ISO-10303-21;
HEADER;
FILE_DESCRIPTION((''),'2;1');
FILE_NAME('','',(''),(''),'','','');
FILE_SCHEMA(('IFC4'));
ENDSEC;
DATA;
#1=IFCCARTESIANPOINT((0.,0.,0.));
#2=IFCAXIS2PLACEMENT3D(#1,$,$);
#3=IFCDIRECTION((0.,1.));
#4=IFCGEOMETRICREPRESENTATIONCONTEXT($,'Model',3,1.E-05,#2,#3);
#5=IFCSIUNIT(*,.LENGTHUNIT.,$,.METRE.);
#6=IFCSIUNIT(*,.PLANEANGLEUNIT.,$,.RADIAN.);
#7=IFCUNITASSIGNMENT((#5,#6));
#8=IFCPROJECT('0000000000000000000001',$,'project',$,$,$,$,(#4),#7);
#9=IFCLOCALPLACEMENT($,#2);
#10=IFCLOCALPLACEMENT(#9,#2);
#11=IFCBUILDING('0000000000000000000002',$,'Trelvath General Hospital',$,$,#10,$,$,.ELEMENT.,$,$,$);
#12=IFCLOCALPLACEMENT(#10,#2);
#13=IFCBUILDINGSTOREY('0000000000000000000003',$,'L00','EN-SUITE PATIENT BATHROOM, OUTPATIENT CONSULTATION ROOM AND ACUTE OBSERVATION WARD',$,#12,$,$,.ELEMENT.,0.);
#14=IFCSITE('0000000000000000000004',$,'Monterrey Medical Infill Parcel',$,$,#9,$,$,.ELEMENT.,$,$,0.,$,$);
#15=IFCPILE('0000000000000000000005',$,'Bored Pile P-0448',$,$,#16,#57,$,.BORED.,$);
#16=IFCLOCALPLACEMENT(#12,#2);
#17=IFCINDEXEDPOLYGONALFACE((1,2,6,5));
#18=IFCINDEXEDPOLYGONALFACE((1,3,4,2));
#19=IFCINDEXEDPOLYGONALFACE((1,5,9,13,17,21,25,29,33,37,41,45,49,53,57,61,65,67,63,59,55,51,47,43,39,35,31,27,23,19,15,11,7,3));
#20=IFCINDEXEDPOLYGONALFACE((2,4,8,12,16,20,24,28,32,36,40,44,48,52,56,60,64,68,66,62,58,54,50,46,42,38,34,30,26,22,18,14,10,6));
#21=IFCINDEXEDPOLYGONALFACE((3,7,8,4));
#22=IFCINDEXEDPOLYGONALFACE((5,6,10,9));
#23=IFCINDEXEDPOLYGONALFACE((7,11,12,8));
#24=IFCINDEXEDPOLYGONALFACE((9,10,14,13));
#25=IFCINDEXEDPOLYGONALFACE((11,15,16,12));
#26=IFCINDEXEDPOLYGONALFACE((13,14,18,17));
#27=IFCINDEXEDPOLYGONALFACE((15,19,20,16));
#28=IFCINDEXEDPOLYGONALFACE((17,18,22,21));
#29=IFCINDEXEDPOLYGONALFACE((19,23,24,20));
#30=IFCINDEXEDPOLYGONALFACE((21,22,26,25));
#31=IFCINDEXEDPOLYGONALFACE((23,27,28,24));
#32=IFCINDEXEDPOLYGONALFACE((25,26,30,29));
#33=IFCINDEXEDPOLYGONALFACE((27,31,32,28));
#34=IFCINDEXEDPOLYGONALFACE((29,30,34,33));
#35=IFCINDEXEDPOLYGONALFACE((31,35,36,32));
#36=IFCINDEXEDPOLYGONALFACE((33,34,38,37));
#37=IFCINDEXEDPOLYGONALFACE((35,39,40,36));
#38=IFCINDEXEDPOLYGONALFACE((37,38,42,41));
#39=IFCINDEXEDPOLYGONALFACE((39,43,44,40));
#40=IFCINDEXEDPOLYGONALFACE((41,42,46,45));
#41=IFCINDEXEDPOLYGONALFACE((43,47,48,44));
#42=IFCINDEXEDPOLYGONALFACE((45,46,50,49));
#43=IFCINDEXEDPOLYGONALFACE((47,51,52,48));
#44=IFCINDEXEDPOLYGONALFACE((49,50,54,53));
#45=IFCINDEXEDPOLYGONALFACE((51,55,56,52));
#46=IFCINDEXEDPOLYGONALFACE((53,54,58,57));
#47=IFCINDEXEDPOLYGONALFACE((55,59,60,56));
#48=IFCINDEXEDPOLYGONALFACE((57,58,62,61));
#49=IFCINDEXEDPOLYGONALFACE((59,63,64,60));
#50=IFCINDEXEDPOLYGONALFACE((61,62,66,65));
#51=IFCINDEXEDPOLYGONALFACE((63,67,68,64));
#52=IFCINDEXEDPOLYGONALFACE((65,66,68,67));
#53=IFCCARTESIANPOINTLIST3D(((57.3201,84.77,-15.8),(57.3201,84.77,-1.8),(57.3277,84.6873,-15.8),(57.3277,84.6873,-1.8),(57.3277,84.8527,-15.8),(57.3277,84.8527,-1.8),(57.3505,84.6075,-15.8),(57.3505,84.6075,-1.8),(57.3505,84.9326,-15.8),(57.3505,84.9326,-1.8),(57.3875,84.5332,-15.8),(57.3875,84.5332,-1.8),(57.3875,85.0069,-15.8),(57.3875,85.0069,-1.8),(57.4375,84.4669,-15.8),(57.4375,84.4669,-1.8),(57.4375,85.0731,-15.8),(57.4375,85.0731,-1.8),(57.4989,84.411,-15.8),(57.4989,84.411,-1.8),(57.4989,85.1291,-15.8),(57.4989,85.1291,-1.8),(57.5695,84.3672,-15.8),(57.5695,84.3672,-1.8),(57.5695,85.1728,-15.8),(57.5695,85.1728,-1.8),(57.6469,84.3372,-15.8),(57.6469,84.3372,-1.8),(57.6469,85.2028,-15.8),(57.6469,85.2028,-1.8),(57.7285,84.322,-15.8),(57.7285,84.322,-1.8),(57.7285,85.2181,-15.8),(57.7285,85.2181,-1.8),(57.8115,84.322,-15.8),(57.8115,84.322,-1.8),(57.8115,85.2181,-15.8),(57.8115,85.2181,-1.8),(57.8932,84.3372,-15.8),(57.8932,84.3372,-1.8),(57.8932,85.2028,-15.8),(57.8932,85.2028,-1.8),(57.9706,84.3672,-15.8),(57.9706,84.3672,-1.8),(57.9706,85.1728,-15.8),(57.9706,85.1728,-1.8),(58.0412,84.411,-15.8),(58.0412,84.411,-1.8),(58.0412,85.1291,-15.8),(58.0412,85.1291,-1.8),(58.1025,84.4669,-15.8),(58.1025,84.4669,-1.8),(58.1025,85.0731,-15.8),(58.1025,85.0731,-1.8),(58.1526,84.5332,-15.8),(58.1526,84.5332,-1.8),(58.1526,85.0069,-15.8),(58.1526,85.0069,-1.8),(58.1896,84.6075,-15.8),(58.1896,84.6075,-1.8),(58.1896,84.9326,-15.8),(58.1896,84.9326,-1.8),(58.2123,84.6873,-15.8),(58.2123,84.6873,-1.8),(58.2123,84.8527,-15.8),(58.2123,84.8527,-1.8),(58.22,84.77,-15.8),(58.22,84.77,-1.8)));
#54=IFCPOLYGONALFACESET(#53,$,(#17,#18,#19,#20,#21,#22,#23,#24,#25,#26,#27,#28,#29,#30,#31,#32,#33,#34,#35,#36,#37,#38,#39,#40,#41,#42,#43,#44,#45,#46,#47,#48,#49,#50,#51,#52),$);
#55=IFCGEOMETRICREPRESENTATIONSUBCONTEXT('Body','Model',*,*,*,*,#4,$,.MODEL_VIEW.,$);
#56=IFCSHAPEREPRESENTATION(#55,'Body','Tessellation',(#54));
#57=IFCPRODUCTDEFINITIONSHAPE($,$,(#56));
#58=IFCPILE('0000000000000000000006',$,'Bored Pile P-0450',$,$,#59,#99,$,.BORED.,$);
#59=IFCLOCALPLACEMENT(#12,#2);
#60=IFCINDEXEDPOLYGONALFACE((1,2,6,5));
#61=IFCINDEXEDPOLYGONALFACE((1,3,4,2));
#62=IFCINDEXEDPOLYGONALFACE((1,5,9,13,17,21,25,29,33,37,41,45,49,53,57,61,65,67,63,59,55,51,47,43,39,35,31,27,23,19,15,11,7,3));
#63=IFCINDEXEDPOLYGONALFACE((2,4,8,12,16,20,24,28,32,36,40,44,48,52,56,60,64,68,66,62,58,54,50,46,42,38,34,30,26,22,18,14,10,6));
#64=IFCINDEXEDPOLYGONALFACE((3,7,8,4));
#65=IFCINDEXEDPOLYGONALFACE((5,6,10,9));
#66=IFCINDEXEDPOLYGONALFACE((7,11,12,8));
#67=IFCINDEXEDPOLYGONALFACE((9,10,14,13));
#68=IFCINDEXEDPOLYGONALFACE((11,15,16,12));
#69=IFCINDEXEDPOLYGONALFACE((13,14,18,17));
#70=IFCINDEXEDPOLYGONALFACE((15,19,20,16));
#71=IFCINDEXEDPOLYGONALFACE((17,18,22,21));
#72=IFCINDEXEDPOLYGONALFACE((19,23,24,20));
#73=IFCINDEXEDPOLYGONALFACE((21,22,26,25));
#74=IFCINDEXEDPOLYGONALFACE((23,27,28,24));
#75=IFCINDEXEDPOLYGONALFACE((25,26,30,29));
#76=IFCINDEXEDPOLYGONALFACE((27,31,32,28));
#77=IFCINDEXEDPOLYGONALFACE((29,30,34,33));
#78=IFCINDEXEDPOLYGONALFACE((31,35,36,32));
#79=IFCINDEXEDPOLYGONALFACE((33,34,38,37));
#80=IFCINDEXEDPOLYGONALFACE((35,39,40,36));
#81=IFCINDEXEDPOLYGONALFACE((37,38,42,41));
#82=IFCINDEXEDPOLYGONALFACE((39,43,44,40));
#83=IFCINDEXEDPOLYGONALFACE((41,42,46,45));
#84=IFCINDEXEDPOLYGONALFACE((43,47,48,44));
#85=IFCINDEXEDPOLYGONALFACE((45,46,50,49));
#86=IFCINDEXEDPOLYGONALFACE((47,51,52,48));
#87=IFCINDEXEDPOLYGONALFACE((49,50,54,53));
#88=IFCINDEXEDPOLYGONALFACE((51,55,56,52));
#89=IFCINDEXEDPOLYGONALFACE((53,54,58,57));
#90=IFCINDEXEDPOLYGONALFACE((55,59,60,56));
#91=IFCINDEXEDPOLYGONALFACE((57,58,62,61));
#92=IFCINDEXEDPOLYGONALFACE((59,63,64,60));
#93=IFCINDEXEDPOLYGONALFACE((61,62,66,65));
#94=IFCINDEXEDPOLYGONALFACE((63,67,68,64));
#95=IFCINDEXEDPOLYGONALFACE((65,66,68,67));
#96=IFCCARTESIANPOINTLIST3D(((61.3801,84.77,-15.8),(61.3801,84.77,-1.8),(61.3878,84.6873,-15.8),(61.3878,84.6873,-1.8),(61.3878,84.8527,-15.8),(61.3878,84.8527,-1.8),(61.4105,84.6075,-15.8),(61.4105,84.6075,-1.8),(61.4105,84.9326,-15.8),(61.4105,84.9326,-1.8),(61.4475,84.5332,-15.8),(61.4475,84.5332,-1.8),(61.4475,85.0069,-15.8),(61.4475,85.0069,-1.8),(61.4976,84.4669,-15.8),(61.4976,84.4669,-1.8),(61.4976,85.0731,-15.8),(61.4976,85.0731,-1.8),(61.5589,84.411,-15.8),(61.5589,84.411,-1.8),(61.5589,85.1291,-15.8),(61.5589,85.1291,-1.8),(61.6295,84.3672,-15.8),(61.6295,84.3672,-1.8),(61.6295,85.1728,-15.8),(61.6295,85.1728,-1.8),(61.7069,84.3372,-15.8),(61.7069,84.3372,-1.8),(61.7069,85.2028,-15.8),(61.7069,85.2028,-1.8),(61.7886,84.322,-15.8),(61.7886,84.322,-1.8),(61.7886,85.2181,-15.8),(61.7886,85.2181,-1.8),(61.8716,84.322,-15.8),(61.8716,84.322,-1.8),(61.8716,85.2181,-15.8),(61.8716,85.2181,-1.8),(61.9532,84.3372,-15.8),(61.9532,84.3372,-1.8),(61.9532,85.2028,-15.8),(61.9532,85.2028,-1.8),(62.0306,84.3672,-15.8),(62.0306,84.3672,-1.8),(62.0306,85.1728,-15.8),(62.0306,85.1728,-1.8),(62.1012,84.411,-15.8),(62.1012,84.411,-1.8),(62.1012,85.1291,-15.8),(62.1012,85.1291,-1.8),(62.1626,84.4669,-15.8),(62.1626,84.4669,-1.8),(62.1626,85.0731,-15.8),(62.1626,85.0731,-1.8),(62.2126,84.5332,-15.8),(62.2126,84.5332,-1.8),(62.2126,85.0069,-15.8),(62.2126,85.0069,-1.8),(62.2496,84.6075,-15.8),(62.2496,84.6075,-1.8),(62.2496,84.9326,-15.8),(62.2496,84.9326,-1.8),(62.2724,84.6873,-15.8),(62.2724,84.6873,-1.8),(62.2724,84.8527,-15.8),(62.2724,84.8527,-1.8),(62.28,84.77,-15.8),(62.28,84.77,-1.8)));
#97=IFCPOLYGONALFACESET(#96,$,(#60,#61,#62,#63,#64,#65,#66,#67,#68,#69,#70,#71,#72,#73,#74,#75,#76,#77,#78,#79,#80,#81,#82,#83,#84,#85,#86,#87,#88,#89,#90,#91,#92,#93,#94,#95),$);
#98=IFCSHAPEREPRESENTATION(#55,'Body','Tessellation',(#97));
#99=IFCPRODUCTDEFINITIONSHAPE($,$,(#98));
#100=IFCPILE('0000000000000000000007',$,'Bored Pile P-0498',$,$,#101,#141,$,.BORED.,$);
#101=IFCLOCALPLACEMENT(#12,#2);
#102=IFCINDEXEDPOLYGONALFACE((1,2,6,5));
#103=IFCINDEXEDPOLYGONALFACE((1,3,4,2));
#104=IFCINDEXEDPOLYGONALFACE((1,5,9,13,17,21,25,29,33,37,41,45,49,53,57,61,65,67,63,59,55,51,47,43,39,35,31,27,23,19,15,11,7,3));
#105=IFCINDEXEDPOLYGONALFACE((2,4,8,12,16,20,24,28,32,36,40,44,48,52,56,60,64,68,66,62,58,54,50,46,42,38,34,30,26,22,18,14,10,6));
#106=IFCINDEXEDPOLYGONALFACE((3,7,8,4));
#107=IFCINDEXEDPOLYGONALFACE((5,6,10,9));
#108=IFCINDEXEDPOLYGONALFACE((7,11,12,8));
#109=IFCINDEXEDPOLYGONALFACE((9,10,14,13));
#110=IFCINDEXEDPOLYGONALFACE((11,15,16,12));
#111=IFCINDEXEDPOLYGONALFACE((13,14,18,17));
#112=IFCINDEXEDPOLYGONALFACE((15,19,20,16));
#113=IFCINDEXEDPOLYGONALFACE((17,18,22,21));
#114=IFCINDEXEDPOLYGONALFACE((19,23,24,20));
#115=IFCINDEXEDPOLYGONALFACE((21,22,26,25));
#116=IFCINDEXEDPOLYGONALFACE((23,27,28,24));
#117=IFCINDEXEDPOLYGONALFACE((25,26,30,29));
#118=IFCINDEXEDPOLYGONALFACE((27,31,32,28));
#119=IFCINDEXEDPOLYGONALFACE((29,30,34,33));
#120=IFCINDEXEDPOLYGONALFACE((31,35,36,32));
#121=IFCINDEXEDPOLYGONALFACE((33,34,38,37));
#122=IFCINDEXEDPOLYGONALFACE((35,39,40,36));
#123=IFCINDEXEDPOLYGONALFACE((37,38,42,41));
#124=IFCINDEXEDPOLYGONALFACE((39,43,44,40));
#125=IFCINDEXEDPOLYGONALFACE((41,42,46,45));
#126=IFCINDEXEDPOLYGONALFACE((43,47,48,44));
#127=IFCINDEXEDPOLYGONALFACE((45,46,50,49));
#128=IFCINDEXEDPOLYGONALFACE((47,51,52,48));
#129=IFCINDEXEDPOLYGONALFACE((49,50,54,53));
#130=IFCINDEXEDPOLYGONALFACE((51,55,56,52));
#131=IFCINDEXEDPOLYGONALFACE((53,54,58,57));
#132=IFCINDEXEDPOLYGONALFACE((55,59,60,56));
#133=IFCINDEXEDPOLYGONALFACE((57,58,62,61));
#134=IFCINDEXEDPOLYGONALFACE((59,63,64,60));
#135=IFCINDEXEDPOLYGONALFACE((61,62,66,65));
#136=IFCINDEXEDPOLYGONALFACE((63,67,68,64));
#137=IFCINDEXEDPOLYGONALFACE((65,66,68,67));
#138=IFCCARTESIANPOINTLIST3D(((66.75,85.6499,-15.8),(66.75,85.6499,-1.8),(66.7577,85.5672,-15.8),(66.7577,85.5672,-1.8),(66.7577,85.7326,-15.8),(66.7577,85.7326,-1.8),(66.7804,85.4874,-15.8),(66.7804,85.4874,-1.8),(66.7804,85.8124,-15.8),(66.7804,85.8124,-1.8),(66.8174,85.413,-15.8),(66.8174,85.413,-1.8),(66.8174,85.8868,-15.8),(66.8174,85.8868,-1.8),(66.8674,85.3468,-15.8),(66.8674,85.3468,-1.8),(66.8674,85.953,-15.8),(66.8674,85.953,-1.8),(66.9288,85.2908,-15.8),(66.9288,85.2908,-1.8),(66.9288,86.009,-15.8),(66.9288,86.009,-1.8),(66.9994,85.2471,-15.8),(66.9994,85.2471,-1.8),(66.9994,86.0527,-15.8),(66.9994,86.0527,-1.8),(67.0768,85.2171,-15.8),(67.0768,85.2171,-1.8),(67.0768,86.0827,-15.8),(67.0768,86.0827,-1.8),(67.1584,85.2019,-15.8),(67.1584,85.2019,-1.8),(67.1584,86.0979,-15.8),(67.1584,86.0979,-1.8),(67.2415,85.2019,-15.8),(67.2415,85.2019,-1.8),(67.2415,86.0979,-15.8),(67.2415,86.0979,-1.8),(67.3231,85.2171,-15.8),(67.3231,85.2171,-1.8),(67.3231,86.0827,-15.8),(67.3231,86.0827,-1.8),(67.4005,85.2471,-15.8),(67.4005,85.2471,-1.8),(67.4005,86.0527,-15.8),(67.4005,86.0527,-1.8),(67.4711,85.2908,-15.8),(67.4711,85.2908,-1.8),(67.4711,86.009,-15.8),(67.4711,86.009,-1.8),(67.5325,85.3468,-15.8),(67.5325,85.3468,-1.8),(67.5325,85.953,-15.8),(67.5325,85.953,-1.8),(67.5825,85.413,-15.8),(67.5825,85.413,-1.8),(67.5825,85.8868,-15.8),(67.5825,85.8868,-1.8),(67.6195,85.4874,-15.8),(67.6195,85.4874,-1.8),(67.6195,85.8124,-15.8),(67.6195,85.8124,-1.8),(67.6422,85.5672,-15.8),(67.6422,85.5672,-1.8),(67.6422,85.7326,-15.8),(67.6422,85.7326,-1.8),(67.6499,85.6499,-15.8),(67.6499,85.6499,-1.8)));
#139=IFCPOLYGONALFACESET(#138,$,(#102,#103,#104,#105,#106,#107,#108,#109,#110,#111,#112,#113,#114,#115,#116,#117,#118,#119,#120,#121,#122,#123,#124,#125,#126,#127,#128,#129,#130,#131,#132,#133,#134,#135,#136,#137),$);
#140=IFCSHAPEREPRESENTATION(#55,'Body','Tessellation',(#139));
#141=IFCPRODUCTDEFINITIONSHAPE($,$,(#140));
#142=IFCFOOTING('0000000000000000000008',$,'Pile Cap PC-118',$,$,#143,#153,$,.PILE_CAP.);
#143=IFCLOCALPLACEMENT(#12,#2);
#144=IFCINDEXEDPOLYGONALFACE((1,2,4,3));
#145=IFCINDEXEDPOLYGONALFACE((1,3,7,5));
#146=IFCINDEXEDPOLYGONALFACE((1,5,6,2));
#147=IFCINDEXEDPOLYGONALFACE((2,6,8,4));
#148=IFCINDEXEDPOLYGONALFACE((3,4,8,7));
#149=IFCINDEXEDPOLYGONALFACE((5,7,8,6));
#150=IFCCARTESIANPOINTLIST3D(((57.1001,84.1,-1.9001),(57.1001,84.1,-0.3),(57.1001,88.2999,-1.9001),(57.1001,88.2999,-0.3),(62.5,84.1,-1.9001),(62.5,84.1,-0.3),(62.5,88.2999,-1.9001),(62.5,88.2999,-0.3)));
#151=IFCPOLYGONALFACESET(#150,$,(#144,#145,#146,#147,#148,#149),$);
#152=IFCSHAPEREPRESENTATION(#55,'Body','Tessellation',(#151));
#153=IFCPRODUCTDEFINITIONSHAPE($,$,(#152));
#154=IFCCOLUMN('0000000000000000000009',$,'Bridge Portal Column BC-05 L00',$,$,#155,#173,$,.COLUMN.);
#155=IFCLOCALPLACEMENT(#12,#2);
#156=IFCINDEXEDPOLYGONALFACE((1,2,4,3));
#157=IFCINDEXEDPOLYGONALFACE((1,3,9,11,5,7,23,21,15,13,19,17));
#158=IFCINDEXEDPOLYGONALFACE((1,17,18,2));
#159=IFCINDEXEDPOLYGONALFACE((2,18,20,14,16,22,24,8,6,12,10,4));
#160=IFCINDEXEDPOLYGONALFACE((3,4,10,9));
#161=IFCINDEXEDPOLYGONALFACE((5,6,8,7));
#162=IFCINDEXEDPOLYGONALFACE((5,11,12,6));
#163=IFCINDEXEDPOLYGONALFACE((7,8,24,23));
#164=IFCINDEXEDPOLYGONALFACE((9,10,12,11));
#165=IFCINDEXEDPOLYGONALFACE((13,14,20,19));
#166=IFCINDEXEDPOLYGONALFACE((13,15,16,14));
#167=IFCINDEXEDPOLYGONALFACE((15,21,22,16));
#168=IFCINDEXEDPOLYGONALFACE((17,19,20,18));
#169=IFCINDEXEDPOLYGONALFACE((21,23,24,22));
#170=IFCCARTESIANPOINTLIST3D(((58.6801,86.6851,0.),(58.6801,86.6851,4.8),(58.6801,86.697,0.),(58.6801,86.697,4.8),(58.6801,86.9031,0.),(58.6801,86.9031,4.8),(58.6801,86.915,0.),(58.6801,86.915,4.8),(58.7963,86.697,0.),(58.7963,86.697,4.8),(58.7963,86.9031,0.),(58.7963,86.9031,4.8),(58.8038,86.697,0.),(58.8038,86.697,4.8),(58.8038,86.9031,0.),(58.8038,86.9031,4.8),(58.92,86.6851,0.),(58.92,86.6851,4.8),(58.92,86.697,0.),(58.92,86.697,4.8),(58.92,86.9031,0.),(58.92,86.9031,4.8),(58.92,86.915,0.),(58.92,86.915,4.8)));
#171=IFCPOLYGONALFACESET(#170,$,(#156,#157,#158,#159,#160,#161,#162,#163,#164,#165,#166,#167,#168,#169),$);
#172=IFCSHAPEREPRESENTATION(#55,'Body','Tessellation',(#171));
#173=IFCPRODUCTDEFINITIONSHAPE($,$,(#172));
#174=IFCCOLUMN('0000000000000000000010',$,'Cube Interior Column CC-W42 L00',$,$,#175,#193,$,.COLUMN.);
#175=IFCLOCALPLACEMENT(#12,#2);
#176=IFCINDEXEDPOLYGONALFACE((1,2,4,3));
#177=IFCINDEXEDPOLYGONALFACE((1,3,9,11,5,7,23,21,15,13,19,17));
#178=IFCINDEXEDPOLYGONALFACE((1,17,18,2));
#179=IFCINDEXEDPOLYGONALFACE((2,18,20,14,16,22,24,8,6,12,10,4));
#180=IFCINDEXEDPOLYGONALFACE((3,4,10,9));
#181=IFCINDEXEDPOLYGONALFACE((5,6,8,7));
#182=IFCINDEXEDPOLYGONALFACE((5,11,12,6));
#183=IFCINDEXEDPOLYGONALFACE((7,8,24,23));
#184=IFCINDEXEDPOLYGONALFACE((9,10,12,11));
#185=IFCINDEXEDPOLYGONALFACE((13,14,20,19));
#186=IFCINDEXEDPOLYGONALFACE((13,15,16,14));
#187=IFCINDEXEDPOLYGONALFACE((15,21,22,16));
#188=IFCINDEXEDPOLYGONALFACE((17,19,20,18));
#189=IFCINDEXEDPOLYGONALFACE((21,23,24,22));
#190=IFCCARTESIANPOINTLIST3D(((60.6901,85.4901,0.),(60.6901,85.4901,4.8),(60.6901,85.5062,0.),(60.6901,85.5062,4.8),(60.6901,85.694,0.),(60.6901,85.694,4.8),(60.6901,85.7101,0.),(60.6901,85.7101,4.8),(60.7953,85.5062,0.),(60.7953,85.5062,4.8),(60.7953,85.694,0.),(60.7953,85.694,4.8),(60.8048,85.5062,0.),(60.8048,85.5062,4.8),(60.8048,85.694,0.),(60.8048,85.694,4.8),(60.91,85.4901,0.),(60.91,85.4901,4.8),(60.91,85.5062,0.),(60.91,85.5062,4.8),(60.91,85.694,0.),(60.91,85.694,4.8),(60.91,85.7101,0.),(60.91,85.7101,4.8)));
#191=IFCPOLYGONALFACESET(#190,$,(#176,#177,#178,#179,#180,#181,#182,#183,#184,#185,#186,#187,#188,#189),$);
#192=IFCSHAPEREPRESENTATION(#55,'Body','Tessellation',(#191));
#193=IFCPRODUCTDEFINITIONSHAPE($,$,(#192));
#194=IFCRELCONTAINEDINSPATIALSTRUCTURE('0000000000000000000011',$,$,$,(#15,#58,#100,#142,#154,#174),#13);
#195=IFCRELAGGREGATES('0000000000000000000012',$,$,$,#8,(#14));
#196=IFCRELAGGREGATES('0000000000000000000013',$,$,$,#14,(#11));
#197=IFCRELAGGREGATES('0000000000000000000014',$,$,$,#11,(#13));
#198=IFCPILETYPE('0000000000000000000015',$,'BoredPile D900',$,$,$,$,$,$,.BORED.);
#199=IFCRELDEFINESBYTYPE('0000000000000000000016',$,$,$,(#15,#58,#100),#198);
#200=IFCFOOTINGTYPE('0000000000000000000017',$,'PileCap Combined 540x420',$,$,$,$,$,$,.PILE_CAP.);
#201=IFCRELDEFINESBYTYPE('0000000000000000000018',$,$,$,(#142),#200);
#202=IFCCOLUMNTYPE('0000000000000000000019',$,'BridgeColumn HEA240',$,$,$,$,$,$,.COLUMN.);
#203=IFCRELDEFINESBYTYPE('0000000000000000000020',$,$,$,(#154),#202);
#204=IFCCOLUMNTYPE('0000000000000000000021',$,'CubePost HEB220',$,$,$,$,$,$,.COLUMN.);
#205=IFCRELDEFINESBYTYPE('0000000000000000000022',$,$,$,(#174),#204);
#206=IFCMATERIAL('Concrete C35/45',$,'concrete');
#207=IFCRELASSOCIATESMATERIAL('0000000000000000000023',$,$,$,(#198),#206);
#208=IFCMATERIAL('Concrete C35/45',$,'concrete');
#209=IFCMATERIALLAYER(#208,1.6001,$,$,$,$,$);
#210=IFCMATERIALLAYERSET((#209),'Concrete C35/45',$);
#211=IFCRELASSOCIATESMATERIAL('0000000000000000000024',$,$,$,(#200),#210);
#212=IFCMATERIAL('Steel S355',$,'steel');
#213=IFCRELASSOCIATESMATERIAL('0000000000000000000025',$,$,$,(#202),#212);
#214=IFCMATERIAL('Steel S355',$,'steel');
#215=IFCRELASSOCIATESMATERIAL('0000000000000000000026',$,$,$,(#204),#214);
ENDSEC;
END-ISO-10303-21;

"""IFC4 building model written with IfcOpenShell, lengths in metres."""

from ifc_helpers import new_model, si_unit, direction, frame, origin, origin_2d, place, context, subcontext, project, spatial, rectangle, circle, i_section, extrude, material, layer, layer_set, material_profile, profile_set, type_object, element, save


model = new_model("IFC4")

# Units and contexts
model_context = context("Model", 3, precision=1e-05, world=origin(), true_north=direction((0.0, 1.0)))
body_context = subcontext(model_context, "Body", "Model", "MODEL_VIEW")
ifc_project = project(units=[si_unit("LENGTHUNIT", "METRE"), si_unit("PLANEANGLEUNIT", "RADIAN")], contexts=[model_context])

# Site, building, storey
site_placement = place(None, origin())
site = spatial("IfcSite", under=ifc_project, at=site_placement, Name="Monterrey Medical Infill Parcel", CompositionType="ELEMENT", RefElevation=0.0)
building_placement = place(site_placement, origin())
building = spatial("IfcBuilding", under=site, at=building_placement, Name="Trelvath General Hospital", CompositionType="ELEMENT")
storey_placement = place(building_placement, origin())
storey = spatial("IfcBuildingStorey", under=building, at=storey_placement, Name="L00", Description="EN-SUITE PATIENT BATHROOM, OUTPATIENT CONSULTATION ROOM AND ACUTE OBSERVATION WARD", CompositionType="ELEMENT", Elevation=0.0)

# Piles
ifc_material_1 = material(Name="Concrete C35/45", Category="concrete")
ifc_material_profile_1 = material_profile(ifc_material_1, circle(Radius=0.45, at=origin_2d()), Name="PILE900")
ifc_profile_set_1 = profile_set([ifc_material_profile_1], Name="Concrete C35/45")
pile_type = type_object("IfcPileType", Name="BoredPile D900", PredefinedType="BORED", material=ifc_profile_set_1)
for number, where, z_axis, x_axis, name in (
    (1, (57.77, 84.77, -1.8), (0.0, 0.0, -1.0), (1.0, 0.0, 0.0), "Bored Pile P-0448"),
    (2, (61.8301, 84.77, -1.8), (0.0, 0.0, -1.0), (1.0, 0.0, 0.0), "Bored Pile P-0450"),
    (3, (67.2, 85.6499, -1.8), (0.0, 0.0, -1.0), (1.0, 0.0, 0.0), "Bored Pile P-0498"),
):
    element("IfcPile", number, at=place(storey_placement, frame(where, z_axis=z_axis, x_axis=x_axis)), inside=storey, type_object=pile_type, Name=name, PredefinedType="BORED", context=body_context, shape_type="SweptSolid", body=[
        extrude(circle(Radius=0.45, at=origin_2d()), origin(), (0.0, 0.0, 1.0), 14.0),
    ])

# Footing
ifc_material_2 = material(Name="Concrete C35/45", Category="concrete")
ifc_layer_1 = layer(ifc_material_2, 1.6001)
ifc_layer_set_1 = layer_set([ifc_layer_1], Name="Concrete C35/45")
footing_type = type_object("IfcFootingType", Name="PileCap Combined 540x420", PredefinedType="PILE_CAP", material=ifc_layer_set_1)
footing_placement = place(storey_placement, frame((59.8, 86.2, -1.9001), z_axis=(0.0, 0.0, 1.0), x_axis=(1.0, 0.0, 0.0)))
element("IfcFooting", 4, at=footing_placement, inside=storey, type_object=footing_type, Name="Pile Cap PC-118", PredefinedType="PILE_CAP", context=body_context, shape_type="SweptSolid", body=[
    extrude(rectangle(XDim=5.3999, YDim=4.2, at=origin_2d()), origin(), (0.0, 0.0, 1.0), 1.6001),
])

# Columns
ifc_material_3 = material(Name="Steel S355", Category="steel")
ifc_material_profile_2 = material_profile(ifc_material_3, i_section(OverallWidth=0.24, OverallDepth=0.23, WebThickness=0.0076, FlangeThickness=0.012, at=origin_2d()), Name="HEA240")
ifc_profile_set_2 = profile_set([ifc_material_profile_2], Name="Steel S355")
column_type_1 = type_object("IfcColumnType", Name="BridgeColumn HEA240", PredefinedType="COLUMN", material=ifc_profile_set_2)
column_1_placement = place(storey_placement, frame((58.8, 86.8, 0.0), z_axis=(0.0, 0.0, 1.0), x_axis=(1.0, 0.0, 0.0)))
element("IfcColumn", 5, at=column_1_placement, inside=storey, type_object=column_type_1, Name="Bridge Portal Column BC-05 L00", PredefinedType="COLUMN", context=body_context, shape_type="SweptSolid", body=[
    extrude(i_section(OverallWidth=0.24, OverallDepth=0.23, WebThickness=0.0076, FlangeThickness=0.012, at=origin_2d()), origin(), (0.0, 0.0, 1.0), 4.8),
])
ifc_material_4 = material(Name="Steel S355", Category="steel")
ifc_material_profile_3 = material_profile(ifc_material_4, i_section(OverallWidth=0.22, OverallDepth=0.22, WebThickness=0.0095, FlangeThickness=0.0161, at=origin_2d()), Name="HEB220")
ifc_profile_set_3 = profile_set([ifc_material_profile_3], Name="Steel S355")
column_type_2 = type_object("IfcColumnType", Name="CubePost HEB220", PredefinedType="COLUMN", material=ifc_profile_set_3)
column_2_placement = place(storey_placement, frame((60.8, 85.6001, 0.0), z_axis=(0.0, 0.0, 1.0), x_axis=(1.0, 0.0, 0.0)))
element("IfcColumn", 6, at=column_2_placement, inside=storey, type_object=column_type_2, Name="Cube Interior Column CC-W42 L00", PredefinedType="COLUMN", context=body_context, shape_type="SweptSolid", body=[
    extrude(i_section(OverallWidth=0.22, OverallDepth=0.22, WebThickness=0.0095, FlangeThickness=0.0161, at=origin_2d()), origin(), (0.0, 0.0, 1.0), 4.8),
])

save(model, "model.ifc")
